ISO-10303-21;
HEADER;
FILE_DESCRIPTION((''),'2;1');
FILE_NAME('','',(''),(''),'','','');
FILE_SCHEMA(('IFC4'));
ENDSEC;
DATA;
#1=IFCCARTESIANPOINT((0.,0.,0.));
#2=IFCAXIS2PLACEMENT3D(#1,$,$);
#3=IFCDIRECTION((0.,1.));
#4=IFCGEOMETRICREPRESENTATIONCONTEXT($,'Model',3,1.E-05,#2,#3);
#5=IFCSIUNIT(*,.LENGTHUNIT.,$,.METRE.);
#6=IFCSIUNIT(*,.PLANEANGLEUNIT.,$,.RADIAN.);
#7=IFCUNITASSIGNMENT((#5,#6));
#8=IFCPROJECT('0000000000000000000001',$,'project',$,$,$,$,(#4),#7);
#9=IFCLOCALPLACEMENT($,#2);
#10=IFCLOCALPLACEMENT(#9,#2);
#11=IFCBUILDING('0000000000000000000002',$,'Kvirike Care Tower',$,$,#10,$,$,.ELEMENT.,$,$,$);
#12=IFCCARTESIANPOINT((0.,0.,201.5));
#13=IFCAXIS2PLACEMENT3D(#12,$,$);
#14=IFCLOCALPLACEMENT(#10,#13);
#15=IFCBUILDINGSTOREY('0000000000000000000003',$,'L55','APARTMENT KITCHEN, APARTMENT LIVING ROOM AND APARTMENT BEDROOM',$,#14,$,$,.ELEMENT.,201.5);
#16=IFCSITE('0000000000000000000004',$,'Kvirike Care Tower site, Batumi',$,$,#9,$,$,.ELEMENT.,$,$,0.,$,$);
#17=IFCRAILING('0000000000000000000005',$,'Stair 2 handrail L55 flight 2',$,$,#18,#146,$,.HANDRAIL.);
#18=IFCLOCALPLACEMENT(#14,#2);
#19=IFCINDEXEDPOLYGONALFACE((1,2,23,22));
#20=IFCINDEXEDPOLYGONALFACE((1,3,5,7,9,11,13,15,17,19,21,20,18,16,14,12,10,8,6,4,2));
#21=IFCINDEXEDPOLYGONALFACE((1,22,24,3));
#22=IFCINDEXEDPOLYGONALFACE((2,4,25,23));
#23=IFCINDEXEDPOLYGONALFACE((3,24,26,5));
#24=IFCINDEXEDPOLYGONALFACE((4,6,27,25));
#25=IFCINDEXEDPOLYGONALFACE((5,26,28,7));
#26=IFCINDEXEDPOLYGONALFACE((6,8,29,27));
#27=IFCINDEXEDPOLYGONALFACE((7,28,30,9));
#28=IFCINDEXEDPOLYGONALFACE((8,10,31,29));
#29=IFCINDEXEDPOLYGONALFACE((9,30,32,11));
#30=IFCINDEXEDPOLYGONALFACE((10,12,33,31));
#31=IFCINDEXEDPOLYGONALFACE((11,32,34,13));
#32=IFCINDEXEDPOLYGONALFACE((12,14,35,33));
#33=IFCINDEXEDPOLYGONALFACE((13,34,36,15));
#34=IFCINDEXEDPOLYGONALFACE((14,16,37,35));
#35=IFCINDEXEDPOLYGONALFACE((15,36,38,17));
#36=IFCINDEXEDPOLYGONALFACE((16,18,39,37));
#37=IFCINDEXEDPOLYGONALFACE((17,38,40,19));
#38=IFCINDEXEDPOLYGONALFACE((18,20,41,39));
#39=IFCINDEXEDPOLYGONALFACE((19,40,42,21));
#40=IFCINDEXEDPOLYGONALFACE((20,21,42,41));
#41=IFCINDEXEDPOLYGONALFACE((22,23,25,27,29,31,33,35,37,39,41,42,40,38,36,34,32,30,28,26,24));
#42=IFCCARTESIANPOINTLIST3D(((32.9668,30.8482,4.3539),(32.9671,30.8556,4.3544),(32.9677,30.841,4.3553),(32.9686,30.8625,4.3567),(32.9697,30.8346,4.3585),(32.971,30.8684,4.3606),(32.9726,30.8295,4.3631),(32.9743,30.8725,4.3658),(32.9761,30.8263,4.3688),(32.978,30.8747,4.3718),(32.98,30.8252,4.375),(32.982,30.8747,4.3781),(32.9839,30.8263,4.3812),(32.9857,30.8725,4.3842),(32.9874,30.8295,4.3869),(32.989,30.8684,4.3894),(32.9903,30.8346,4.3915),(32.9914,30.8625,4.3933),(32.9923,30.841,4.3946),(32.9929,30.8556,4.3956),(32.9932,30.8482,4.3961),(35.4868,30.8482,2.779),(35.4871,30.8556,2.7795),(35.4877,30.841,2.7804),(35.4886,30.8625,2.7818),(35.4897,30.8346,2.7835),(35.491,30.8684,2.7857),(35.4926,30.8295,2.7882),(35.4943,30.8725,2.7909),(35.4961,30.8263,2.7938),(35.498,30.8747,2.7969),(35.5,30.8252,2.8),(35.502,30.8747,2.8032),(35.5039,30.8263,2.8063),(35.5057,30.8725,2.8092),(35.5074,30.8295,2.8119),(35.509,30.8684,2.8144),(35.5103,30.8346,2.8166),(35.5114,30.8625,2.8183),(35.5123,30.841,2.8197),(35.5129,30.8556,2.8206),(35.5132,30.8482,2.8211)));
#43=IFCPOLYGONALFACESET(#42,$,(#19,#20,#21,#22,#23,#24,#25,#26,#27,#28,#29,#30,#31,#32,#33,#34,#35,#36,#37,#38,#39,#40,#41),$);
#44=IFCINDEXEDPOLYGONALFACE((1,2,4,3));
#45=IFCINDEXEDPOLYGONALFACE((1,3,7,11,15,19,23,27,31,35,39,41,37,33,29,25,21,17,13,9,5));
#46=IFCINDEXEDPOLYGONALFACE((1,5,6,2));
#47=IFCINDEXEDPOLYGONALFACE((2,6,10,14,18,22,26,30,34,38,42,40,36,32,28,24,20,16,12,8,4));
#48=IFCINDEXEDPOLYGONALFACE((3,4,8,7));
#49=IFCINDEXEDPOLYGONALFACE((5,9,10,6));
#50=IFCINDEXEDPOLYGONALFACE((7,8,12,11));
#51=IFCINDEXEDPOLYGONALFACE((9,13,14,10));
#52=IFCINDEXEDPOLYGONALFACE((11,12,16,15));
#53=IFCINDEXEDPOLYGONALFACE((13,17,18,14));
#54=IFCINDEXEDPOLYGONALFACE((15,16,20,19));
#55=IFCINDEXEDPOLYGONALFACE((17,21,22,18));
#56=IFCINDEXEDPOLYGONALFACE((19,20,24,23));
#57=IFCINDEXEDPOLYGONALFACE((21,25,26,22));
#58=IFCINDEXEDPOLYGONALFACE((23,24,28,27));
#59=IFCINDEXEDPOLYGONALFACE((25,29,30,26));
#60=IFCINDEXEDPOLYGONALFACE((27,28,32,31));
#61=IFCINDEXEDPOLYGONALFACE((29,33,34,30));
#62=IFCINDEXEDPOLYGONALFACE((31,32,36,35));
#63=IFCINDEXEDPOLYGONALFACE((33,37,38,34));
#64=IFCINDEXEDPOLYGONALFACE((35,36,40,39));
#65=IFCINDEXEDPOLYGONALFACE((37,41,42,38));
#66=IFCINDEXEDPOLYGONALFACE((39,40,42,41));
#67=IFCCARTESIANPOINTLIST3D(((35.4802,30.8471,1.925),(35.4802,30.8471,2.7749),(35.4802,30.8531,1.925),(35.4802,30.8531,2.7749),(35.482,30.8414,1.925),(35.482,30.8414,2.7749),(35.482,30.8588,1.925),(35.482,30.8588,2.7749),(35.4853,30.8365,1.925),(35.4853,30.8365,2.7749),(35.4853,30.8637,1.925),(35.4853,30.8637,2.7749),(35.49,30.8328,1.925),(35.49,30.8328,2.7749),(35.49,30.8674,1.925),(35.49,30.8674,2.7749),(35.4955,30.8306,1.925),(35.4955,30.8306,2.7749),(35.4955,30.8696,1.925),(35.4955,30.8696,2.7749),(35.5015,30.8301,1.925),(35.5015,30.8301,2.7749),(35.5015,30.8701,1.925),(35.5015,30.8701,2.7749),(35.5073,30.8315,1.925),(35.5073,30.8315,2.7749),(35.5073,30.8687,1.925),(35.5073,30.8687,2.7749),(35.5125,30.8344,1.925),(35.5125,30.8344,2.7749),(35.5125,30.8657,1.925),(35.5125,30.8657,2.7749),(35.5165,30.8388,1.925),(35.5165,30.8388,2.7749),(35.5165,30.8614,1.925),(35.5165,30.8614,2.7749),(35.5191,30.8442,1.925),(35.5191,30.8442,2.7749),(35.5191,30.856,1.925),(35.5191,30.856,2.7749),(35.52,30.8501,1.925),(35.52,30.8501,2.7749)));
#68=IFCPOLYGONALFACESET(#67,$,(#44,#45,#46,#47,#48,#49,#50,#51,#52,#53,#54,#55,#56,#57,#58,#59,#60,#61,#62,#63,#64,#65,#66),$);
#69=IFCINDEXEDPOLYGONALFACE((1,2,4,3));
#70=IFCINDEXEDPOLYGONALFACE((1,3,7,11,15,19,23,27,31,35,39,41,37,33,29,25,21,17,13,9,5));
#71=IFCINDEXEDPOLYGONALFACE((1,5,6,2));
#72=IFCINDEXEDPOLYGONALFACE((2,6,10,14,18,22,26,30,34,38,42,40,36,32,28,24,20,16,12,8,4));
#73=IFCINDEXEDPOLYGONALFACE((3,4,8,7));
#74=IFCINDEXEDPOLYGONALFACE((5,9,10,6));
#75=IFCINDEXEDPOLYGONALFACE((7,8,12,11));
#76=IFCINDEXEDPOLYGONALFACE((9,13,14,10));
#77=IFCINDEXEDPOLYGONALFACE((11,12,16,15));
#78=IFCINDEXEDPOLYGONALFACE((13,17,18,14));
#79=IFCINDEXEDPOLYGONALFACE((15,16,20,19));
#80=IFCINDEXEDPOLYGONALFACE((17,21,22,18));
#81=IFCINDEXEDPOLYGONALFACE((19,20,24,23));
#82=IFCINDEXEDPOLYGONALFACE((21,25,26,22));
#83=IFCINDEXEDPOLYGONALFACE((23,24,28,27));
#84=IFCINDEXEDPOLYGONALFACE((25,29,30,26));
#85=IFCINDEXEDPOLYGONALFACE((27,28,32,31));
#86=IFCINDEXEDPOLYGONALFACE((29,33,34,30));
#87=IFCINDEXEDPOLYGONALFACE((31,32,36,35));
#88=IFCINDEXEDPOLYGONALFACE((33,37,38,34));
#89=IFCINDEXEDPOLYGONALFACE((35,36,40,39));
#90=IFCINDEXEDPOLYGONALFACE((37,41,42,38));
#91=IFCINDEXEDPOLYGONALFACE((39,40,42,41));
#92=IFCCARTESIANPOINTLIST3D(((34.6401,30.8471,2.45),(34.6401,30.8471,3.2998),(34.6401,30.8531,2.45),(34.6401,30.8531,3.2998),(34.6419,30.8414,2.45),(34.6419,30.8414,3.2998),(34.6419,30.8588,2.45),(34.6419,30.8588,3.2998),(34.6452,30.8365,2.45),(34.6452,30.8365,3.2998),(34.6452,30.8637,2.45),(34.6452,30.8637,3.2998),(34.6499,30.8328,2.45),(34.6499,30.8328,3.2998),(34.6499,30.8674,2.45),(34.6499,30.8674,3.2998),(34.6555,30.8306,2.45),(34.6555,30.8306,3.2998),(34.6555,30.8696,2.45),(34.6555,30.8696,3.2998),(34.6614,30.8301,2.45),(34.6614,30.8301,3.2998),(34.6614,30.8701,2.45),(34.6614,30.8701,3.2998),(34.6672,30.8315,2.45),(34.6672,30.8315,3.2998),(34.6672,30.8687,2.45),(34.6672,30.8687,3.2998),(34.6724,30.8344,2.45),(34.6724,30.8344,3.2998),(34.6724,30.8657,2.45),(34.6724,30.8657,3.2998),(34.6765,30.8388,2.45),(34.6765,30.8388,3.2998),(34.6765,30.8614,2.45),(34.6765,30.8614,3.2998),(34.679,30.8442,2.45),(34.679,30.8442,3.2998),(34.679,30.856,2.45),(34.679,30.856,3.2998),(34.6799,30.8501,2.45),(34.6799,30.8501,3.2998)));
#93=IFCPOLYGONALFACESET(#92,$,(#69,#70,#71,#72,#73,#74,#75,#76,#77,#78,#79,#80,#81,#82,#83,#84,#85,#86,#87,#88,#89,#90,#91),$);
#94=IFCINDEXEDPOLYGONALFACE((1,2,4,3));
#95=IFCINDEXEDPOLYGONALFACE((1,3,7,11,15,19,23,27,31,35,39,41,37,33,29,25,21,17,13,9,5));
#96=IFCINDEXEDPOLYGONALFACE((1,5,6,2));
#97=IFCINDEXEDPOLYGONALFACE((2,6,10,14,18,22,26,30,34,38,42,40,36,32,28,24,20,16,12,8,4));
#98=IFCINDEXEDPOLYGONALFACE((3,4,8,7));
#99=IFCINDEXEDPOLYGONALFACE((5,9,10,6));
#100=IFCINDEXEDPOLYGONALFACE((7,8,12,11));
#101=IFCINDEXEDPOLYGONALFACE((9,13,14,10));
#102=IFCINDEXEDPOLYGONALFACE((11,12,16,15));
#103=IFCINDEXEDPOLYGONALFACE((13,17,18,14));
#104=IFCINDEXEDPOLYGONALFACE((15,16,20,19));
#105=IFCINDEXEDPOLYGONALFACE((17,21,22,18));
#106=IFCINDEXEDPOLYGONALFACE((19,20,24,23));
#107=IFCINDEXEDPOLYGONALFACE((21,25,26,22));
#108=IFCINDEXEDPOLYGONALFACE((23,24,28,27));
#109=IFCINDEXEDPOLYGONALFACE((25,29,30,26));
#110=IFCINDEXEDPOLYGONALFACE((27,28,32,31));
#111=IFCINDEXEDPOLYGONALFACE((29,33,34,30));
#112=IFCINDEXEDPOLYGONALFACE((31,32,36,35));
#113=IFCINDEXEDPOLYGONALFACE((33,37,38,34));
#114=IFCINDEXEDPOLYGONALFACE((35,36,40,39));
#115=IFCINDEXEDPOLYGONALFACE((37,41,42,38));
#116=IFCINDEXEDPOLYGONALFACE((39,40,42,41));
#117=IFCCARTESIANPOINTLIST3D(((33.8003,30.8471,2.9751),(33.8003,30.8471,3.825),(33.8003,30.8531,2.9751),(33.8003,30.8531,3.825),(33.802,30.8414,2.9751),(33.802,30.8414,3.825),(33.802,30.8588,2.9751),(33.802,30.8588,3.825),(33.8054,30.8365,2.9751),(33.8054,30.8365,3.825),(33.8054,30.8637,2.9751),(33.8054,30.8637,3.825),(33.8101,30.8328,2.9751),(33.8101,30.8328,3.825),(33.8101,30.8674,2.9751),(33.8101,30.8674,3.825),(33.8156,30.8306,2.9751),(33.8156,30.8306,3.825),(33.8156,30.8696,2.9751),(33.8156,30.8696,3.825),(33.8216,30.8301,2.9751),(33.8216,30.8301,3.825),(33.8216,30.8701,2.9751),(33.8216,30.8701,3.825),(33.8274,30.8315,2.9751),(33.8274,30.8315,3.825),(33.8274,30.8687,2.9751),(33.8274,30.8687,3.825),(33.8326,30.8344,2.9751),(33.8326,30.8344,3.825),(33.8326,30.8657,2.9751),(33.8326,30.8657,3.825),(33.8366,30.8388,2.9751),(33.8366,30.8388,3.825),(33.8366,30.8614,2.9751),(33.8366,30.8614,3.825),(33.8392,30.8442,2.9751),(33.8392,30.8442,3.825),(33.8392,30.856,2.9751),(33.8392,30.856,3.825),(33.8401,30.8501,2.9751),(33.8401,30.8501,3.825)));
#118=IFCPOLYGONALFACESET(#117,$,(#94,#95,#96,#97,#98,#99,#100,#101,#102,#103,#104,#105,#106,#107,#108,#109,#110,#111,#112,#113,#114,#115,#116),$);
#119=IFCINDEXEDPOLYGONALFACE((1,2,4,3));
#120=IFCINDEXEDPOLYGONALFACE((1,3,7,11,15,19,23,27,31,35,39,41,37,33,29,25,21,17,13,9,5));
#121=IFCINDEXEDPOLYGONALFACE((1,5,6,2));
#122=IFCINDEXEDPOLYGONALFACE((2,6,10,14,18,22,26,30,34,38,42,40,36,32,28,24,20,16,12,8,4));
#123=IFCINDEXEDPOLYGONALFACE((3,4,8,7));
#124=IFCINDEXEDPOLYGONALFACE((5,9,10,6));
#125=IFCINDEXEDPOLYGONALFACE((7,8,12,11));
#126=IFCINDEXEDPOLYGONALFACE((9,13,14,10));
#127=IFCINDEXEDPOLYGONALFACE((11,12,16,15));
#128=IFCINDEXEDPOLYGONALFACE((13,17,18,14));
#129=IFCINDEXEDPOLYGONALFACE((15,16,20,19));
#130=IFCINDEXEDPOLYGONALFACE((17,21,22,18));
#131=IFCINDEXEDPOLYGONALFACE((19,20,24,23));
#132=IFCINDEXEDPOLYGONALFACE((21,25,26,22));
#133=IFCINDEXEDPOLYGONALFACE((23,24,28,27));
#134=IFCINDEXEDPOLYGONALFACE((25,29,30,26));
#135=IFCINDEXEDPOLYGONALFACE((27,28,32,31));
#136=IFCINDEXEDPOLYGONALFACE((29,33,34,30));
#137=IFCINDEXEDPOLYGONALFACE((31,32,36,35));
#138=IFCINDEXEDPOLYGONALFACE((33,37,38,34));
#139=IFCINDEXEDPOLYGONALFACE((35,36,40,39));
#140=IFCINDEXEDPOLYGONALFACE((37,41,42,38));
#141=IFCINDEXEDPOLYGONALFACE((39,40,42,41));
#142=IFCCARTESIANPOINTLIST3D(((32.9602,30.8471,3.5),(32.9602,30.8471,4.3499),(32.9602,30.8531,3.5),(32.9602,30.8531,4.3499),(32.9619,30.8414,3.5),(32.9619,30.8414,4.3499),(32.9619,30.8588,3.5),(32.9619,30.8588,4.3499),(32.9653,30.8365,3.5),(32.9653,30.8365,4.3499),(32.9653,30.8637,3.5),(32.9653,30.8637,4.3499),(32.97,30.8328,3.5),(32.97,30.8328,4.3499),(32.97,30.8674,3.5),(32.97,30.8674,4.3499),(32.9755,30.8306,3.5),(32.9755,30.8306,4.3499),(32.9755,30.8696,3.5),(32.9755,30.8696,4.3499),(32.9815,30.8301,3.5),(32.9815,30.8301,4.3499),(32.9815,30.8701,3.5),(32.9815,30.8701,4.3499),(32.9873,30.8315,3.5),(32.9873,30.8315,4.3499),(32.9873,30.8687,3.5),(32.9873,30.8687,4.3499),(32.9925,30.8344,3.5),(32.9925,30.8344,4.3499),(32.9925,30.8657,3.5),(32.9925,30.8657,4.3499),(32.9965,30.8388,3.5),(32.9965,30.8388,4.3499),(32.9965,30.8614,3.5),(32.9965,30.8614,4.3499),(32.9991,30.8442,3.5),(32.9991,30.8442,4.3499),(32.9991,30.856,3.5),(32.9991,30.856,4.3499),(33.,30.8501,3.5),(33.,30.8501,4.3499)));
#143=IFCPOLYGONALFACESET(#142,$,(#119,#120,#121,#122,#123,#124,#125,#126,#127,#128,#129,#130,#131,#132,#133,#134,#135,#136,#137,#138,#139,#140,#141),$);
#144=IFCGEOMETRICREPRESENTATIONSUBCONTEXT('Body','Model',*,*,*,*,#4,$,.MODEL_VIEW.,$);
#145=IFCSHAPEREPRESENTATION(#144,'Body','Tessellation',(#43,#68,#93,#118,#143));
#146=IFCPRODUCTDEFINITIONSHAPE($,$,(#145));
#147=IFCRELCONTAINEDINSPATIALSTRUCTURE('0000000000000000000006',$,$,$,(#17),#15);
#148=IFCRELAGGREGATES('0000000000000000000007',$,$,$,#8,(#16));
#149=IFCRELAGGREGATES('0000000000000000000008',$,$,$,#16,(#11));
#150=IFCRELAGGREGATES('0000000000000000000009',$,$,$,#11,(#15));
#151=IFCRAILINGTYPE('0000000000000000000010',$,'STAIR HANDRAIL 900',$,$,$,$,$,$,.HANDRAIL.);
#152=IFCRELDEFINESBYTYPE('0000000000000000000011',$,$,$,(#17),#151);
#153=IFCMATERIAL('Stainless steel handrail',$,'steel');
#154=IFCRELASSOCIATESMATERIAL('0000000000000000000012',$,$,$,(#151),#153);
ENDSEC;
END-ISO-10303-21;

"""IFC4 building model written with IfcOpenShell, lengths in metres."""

from ifc_helpers import new_model, si_unit, direction, frame, origin, origin_2d, place, context, subcontext, project, spatial, circle, extrude, material, type_object, element, save


model = new_model("IFC4")

# Units and contexts
model_context = context("Model", 3, precision=1e-05, world=origin(), true_north=direction((0.0, 1.0)))
body_context = subcontext(model_context, "Body", "Model", "MODEL_VIEW")
ifc_project = project(units=[si_unit("LENGTHUNIT", "METRE"), si_unit("PLANEANGLEUNIT", "RADIAN")], contexts=[model_context])

# Site, building, storey
site_placement = place(None, origin())
site = spatial("IfcSite", under=ifc_project, at=site_placement, Name="Kvirike Care Tower site, Batumi", CompositionType="ELEMENT", RefElevation=0.0)
building_placement = place(site_placement, origin())
building = spatial("IfcBuilding", under=site, at=building_placement, Name="Kvirike Care Tower", CompositionType="ELEMENT")
storey_placement = place(building_placement, frame((0.0, 0.0, 201.5)))
storey = spatial("IfcBuildingStorey", under=building, at=storey_placement, Name="L55", Description="APARTMENT KITCHEN, APARTMENT LIVING ROOM AND APARTMENT BEDROOM", CompositionType="ELEMENT", Elevation=201.5)

# Railing
ifc_material_1 = material(Name="Stainless steel handrail", Category="steel")
railing_type = type_object("IfcRailingType", Name="STAIR HANDRAIL 900", PredefinedType="HANDRAIL", material=ifc_material_1)
railing_1_placement = place(storey_placement, frame((35.5, 30.8501, 1.925)))
element("IfcRailing", 1, at=railing_1_placement, inside=storey, type_object=railing_type, Name="Stair 2 handrail L55 flight 2", PredefinedType="HANDRAIL", context=body_context, shape_type="SweptSolid", body=[
    extrude(circle(Radius=0.0249, at=origin_2d()), frame((0.0, 0.0, 0.875), z_axis=(-0.848008, 0.0, 0.529984), x_axis=(0.0, -1.0, 0.0)), (0.0, 0.0, 1.0), 2.9717),
    extrude(circle(Radius=0.02, at=origin_2d()), origin(), (0.0, 0.0, 1.0), 0.8499),
    extrude(circle(Radius=0.02, at=origin_2d()), frame((-0.8401, 0.0, 0.5249)), (0.0, 0.0, 1.0), 0.8499),
    extrude(circle(Radius=0.02, at=origin_2d()), frame((-1.6799, 0.0, 1.05)), (0.0, 0.0, 1.0), 0.8499),
    extrude(circle(Radius=0.02, at=origin_2d()), frame((-2.52, 0.0, 1.575)), (0.0, 0.0, 1.0), 0.8499),
])

save(model, "model.ifc")
